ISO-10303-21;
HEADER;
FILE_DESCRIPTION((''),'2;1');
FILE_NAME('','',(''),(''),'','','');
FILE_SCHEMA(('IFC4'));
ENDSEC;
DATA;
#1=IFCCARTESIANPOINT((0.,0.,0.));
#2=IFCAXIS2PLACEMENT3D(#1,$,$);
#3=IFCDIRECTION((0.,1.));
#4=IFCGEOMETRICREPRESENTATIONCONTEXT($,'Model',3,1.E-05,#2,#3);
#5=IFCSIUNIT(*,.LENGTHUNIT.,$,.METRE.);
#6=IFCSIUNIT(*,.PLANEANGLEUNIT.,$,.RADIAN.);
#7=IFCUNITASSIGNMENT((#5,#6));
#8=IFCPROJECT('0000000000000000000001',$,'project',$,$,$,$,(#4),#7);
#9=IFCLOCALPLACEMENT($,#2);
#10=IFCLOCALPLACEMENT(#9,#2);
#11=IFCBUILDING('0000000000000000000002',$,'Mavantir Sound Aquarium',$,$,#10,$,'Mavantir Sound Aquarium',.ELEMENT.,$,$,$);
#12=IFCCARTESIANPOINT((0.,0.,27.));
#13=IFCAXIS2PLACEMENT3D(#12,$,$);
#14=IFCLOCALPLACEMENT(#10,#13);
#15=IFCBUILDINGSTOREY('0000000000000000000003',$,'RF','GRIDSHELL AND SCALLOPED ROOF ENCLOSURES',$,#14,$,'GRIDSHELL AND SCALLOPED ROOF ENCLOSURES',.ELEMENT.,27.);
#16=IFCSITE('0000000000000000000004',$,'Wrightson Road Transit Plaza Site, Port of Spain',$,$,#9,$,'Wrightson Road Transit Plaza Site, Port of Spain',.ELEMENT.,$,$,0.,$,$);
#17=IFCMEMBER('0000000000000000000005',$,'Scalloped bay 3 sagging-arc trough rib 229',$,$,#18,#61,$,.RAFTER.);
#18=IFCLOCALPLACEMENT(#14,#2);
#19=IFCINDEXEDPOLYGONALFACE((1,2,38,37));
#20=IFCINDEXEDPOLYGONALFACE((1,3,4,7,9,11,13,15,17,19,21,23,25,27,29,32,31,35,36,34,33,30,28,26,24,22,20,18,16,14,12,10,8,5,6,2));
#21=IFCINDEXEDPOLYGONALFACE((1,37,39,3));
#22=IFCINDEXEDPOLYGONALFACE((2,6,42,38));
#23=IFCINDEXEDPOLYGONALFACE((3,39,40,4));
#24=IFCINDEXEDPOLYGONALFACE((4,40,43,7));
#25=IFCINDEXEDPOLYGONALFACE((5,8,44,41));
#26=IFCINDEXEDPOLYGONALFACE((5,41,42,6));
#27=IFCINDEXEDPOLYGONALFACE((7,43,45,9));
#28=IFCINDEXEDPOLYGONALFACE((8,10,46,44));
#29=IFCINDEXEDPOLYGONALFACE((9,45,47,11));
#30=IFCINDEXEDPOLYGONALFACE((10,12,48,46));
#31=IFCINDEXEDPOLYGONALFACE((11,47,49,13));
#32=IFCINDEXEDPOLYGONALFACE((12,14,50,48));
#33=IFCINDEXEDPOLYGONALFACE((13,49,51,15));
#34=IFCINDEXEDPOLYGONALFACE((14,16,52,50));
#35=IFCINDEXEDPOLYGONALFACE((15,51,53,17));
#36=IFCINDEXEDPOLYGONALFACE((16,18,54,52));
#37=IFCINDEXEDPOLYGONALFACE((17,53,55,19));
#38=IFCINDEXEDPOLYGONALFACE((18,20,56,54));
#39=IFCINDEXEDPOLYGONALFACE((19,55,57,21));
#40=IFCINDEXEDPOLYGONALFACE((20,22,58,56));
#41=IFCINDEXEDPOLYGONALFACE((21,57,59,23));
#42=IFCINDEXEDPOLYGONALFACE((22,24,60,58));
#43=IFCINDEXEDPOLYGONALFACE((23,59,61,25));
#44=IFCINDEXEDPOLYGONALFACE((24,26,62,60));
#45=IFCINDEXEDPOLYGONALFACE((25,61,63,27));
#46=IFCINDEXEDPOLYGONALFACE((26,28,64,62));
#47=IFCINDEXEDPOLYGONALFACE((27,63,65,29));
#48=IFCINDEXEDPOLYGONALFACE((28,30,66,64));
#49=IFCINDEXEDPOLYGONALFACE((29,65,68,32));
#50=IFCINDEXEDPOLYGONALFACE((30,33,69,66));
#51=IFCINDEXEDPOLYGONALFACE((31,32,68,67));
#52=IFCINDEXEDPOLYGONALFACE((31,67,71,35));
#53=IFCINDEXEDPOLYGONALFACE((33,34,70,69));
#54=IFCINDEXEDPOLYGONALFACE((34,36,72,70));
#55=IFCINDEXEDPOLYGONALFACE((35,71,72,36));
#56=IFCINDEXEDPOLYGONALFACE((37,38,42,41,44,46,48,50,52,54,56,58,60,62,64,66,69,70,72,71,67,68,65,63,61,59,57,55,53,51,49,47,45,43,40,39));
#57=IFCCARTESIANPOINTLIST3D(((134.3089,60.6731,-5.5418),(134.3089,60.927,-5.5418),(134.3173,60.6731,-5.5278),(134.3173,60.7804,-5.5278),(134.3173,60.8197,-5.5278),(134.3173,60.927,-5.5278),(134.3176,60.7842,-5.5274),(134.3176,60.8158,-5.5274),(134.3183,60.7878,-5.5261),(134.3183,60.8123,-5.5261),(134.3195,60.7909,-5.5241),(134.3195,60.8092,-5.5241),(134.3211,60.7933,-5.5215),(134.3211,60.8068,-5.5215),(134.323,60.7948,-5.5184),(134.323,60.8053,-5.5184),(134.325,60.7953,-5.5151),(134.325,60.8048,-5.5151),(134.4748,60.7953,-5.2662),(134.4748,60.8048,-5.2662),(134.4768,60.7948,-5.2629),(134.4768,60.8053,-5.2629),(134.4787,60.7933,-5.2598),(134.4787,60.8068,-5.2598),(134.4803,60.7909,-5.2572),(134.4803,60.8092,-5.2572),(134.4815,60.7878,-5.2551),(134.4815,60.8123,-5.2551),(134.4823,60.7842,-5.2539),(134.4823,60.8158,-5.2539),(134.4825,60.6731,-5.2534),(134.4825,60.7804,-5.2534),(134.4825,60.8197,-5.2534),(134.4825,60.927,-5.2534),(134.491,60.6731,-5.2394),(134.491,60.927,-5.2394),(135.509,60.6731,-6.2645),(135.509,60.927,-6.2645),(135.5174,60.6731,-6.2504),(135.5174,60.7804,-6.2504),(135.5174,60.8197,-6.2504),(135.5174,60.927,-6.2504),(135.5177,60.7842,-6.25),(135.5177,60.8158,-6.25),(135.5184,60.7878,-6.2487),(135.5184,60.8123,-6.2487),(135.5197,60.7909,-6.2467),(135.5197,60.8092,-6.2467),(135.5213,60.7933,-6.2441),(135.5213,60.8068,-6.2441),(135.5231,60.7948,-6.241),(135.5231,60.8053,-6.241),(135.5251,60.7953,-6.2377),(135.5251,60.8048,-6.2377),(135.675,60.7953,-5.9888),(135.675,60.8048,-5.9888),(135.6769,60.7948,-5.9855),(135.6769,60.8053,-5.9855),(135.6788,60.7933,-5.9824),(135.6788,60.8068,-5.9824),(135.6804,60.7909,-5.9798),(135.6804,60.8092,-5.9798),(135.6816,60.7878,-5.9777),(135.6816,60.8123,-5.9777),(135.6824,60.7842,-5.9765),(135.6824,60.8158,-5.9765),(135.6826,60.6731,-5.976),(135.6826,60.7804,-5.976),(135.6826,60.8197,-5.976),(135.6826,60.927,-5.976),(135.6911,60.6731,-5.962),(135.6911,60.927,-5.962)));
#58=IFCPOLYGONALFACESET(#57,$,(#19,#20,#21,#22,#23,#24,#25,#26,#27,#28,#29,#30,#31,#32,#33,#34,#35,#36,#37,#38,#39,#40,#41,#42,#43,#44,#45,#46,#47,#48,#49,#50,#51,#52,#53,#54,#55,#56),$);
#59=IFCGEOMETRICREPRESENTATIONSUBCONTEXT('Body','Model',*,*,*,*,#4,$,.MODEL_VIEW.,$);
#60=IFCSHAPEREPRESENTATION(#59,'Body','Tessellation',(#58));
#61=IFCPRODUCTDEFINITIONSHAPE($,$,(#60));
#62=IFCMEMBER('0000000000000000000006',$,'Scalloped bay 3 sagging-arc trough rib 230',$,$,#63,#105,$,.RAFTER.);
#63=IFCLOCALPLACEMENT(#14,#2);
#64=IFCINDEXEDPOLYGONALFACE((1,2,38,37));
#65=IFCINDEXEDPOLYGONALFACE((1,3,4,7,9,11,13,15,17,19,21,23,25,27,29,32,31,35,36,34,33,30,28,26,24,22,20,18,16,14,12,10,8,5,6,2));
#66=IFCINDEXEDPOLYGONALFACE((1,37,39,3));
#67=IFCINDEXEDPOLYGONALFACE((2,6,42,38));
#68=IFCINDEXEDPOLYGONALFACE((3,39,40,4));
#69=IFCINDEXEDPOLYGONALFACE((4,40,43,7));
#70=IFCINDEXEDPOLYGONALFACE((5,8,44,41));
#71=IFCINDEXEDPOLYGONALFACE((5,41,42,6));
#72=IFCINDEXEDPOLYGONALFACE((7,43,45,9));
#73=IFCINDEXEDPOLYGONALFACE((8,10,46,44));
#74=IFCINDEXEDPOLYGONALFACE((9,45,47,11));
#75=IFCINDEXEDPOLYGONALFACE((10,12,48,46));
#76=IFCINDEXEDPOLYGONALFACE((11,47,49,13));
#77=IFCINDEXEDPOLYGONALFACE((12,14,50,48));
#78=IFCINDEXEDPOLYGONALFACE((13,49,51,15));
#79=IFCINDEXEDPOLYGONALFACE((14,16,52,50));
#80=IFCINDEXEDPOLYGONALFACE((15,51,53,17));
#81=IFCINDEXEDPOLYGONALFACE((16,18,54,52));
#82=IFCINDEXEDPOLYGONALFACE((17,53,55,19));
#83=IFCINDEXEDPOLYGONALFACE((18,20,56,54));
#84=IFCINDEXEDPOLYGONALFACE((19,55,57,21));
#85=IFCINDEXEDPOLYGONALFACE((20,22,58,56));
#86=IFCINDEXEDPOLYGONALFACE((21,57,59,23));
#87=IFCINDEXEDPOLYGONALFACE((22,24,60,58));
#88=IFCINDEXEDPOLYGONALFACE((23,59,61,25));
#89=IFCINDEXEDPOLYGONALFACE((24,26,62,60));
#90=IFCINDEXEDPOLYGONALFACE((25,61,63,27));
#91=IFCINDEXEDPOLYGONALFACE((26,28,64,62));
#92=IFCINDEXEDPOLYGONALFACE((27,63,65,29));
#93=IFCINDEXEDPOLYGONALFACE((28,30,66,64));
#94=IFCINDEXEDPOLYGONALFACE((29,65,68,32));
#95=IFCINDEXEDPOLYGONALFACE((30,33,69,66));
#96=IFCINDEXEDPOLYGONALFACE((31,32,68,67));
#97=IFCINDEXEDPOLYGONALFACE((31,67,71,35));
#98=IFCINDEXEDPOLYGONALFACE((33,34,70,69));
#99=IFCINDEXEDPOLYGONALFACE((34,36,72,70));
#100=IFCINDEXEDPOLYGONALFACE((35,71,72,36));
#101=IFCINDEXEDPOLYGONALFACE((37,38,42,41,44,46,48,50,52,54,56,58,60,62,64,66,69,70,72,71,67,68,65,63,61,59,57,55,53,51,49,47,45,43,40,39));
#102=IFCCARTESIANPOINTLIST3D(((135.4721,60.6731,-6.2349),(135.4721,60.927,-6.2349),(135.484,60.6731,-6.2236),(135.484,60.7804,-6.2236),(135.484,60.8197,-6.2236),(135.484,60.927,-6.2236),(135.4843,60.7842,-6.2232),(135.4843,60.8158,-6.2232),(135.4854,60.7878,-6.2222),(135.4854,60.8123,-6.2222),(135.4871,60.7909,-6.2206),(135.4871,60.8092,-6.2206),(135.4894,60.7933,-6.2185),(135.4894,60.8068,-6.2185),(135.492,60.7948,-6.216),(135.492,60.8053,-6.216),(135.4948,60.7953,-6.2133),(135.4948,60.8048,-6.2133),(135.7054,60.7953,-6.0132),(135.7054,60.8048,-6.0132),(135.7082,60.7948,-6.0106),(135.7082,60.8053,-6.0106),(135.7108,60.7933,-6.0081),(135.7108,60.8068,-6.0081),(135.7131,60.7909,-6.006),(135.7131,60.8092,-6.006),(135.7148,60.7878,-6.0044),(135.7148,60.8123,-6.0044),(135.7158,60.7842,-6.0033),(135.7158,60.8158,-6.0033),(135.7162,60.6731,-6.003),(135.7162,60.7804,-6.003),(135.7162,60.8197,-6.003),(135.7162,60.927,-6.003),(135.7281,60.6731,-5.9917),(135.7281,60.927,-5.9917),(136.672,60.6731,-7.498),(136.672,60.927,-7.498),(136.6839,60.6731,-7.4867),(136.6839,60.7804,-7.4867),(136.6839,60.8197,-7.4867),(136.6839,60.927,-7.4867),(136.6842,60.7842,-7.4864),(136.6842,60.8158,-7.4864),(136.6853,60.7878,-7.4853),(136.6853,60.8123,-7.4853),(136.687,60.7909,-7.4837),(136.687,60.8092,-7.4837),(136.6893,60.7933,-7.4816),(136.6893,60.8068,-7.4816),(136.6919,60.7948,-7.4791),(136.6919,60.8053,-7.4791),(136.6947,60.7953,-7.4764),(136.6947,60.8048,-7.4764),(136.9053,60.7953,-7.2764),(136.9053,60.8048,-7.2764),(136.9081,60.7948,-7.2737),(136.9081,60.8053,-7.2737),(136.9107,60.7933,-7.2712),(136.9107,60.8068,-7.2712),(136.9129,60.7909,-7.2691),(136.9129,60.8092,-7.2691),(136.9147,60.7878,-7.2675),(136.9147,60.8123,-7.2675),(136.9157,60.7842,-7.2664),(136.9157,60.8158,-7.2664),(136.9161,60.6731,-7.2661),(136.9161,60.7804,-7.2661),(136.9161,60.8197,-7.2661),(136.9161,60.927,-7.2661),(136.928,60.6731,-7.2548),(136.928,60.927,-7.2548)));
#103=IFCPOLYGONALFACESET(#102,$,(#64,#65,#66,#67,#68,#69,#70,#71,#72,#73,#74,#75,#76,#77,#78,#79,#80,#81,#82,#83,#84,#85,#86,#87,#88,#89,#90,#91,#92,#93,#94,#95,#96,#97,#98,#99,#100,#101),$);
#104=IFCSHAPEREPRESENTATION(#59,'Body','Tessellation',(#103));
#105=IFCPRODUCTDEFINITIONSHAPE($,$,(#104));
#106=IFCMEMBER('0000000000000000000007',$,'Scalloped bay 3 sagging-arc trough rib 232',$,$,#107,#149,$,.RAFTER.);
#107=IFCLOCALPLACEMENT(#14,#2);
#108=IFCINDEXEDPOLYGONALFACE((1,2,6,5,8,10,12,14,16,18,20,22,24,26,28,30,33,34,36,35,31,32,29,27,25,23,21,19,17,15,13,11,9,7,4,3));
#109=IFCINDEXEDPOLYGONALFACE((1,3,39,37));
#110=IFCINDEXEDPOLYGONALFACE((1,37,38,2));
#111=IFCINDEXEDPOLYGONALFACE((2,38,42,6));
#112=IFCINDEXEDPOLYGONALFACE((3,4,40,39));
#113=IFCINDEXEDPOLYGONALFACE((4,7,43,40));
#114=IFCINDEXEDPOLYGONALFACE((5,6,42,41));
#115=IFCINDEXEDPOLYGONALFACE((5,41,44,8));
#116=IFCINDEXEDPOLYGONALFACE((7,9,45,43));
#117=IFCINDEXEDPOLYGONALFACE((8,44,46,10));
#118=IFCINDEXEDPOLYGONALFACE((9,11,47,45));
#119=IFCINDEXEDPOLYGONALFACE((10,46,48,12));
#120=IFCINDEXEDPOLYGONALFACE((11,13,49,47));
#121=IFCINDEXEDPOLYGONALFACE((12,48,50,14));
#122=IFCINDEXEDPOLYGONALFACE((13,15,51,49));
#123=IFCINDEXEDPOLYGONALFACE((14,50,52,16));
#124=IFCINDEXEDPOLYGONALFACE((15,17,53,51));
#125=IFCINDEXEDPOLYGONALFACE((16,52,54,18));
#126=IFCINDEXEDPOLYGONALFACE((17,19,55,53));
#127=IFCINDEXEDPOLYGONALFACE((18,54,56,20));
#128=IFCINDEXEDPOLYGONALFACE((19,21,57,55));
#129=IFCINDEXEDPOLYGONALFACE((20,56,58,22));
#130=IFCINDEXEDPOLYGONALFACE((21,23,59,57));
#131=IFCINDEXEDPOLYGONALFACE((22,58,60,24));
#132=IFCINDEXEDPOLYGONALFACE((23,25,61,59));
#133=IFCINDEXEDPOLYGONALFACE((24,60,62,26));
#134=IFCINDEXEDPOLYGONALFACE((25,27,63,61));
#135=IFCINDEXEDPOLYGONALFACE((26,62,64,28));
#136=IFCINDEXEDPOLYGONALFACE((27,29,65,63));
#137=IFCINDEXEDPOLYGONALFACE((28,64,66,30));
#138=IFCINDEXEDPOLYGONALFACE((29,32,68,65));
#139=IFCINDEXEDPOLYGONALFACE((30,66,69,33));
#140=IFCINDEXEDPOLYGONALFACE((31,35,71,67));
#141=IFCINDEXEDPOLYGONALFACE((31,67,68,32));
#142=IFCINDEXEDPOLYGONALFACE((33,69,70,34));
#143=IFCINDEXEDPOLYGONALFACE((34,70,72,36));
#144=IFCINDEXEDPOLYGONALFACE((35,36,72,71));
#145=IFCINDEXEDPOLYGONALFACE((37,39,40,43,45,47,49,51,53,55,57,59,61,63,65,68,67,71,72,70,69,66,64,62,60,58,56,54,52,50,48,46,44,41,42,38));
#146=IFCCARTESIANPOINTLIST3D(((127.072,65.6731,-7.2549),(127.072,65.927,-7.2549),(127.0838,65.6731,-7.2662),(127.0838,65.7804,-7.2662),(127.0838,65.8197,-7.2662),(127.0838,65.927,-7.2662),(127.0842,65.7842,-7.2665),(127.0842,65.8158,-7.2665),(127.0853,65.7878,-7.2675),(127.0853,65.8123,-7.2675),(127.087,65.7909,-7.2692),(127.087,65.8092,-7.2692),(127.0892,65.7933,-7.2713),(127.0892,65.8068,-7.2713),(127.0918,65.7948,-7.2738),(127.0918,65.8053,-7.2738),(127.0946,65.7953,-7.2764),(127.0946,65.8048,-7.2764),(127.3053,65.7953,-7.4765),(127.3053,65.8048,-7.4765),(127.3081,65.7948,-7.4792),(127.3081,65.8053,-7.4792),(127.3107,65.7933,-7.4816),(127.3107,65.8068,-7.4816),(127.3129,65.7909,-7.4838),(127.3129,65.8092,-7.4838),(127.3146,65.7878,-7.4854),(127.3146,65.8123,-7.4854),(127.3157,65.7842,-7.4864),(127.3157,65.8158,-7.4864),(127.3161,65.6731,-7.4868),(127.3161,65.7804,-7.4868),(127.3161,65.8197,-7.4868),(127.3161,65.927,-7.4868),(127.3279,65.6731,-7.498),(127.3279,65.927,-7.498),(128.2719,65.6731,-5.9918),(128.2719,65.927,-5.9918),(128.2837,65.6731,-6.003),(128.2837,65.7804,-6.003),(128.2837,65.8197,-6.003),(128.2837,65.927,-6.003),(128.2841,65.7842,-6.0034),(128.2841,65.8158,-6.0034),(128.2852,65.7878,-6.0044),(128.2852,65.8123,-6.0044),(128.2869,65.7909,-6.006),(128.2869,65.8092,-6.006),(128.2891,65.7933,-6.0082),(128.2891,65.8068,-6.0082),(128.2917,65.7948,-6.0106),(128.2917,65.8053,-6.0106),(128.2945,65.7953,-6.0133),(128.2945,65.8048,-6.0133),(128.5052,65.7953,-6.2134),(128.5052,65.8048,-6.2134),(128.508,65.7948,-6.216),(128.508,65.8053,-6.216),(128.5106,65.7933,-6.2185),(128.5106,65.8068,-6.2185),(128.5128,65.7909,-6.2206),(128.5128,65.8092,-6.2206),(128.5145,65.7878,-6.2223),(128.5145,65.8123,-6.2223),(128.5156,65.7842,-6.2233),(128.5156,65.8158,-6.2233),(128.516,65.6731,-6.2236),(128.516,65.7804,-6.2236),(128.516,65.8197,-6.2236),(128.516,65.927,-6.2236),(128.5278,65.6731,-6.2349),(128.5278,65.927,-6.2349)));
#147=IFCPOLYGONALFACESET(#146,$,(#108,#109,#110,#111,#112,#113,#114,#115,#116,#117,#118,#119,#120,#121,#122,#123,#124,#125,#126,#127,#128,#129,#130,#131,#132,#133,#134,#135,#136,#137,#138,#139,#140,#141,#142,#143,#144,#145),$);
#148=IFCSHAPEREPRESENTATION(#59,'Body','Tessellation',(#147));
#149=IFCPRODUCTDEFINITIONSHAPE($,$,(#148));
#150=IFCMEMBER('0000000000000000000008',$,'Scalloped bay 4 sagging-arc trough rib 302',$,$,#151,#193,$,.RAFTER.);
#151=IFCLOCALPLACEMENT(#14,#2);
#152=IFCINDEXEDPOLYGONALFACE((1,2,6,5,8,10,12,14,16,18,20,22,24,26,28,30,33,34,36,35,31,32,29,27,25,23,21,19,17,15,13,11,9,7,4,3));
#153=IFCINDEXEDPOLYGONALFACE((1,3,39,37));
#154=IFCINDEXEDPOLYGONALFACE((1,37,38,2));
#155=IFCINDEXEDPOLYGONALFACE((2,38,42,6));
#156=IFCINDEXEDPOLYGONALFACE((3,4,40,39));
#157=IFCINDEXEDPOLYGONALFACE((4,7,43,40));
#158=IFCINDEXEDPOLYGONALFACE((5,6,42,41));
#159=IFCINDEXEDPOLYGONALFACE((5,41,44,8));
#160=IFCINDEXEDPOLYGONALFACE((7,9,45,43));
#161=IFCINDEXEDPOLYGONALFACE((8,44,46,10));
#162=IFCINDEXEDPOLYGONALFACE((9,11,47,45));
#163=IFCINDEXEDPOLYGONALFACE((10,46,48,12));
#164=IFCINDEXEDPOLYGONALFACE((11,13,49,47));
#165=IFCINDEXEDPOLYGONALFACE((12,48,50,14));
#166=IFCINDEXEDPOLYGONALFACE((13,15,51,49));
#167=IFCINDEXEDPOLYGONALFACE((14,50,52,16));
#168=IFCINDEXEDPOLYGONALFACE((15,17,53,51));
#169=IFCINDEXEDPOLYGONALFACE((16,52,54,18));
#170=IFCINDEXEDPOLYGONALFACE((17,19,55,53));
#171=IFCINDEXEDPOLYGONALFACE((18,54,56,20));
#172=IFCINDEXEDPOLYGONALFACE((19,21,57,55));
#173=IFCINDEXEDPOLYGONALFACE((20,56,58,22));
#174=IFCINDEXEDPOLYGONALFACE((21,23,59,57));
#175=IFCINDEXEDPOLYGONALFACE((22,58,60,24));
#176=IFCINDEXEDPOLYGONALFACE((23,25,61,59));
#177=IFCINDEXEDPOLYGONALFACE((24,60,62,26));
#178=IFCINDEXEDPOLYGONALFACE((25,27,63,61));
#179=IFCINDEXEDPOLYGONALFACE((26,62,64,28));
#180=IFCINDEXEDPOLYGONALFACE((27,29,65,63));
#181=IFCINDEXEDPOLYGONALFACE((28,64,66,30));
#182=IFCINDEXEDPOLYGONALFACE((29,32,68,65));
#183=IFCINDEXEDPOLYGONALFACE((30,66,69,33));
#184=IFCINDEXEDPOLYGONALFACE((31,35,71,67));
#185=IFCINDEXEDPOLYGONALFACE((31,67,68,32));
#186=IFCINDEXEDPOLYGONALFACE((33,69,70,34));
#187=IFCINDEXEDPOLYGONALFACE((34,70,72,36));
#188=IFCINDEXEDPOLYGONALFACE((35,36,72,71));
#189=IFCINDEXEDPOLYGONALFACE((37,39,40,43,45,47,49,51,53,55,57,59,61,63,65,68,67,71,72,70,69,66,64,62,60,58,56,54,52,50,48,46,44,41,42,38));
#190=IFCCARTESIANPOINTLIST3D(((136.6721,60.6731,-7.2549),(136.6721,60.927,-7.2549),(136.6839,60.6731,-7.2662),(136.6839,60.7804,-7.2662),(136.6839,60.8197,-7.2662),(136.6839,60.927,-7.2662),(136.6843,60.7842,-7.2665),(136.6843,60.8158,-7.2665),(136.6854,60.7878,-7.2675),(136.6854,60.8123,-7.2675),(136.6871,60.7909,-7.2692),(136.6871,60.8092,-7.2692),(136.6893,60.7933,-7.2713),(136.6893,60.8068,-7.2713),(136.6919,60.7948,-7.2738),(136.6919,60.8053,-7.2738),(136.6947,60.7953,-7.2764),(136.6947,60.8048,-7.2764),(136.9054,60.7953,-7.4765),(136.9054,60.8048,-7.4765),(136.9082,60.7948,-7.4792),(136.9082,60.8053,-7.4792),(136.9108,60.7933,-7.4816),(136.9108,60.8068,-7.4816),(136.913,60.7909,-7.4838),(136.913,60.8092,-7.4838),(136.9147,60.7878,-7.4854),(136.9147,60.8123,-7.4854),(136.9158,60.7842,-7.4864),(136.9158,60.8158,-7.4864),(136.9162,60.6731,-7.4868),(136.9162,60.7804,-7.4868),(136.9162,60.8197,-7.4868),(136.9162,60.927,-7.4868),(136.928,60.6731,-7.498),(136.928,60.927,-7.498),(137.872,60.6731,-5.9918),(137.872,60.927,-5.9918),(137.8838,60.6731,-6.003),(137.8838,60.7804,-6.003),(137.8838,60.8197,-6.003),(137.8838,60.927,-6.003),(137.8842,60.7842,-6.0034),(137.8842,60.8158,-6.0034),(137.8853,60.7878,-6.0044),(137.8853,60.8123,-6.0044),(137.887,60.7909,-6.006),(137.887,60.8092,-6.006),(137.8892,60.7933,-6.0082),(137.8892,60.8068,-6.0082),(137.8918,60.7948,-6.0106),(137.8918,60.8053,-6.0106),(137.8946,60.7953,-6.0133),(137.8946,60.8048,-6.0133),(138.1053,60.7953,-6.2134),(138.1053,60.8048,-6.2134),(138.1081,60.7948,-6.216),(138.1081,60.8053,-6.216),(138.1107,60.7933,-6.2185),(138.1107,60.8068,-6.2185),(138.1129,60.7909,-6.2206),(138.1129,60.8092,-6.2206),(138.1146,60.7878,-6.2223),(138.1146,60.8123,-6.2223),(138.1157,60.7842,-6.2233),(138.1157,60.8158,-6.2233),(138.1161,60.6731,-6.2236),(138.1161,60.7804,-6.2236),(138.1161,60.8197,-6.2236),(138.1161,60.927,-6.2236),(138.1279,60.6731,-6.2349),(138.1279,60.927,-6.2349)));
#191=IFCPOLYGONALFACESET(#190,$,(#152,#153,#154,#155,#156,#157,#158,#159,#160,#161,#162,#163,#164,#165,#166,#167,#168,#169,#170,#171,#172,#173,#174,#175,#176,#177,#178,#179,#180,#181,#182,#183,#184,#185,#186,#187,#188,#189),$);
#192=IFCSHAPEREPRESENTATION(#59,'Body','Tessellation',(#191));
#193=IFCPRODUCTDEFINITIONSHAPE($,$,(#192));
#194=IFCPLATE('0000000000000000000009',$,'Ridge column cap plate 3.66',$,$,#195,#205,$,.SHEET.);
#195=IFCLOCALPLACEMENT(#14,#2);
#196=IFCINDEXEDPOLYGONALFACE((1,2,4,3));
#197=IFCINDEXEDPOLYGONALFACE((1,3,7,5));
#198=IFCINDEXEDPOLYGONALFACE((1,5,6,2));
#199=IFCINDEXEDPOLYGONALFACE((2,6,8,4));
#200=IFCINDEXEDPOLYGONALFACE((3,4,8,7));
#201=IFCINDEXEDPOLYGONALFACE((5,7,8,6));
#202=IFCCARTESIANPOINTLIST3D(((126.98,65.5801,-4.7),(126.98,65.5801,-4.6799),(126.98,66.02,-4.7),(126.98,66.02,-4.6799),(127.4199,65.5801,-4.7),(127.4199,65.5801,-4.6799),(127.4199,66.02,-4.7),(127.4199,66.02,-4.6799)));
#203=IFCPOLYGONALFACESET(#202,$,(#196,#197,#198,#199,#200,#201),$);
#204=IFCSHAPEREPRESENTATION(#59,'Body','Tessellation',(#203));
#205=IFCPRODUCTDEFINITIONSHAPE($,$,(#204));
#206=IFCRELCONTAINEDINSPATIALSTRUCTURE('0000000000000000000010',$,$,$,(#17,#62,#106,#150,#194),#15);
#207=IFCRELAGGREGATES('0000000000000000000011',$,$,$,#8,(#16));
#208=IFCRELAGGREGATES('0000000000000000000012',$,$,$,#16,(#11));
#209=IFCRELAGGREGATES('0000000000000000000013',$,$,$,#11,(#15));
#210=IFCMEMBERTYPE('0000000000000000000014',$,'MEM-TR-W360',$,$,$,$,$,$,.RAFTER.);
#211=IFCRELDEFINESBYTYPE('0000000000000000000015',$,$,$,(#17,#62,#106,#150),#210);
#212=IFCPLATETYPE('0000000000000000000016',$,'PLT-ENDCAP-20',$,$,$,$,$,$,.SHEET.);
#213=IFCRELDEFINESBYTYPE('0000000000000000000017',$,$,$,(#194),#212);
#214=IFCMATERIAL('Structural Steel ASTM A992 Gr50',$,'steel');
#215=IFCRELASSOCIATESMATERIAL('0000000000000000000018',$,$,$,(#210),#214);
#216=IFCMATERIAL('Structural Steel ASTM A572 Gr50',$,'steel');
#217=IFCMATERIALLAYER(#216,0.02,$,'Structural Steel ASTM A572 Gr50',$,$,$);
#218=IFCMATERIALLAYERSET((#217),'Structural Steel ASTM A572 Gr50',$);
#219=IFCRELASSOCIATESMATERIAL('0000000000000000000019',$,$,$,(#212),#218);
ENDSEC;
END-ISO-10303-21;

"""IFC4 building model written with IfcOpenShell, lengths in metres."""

from ifc_helpers import new_model, si_unit, direction, frame, origin, origin_2d, place, context, subcontext, project, spatial, rectangle, i_section, extrude, material, layer, layer_set, material_profile, profile_set, type_object, element, save


model = new_model("IFC4")

# Units and contexts
model_context = context("Model", 3, precision=1e-05, world=origin(), true_north=direction((0.0, 1.0)))
body_context = subcontext(model_context, "Body", "Model", "MODEL_VIEW")
ifc_project = project(units=[si_unit("LENGTHUNIT", "METRE"), si_unit("PLANEANGLEUNIT", "RADIAN")], contexts=[model_context])

# Site, building, storey
site_placement = place(None, origin())
site = spatial("IfcSite", under=ifc_project, at=site_placement, Name="Wrightson Road Transit Plaza Site, Port of Spain", LongName="Wrightson Road Transit Plaza Site, Port of Spain", CompositionType="ELEMENT", RefElevation=0.0)
building_placement = place(site_placement, origin())
building = spatial("IfcBuilding", under=site, at=building_placement, Name="Mavantir Sound Aquarium", LongName="Mavantir Sound Aquarium", CompositionType="ELEMENT")
storey_placement = place(building_placement, frame((0.0, 0.0, 27.0)))
storey = spatial("IfcBuildingStorey", under=building, at=storey_placement, Name="RF", Description="GRIDSHELL AND SCALLOPED ROOF ENCLOSURES", LongName="GRIDSHELL AND SCALLOPED ROOF ENCLOSURES", CompositionType="ELEMENT", Elevation=27.0)

# Shared definitions
ifc_material_1 = material(Name="Structural Steel ASTM A992 Gr50", Category="steel")

# Members
ifc_material_profile_1 = material_profile(ifc_material_1, i_section(OverallWidth=0.2539, OverallDepth=0.353, WebThickness=0.0095, FlangeThickness=0.0164, FilletRadius=0.0149, at=origin_2d()), Name="W360X91")
ifc_profile_set_1 = profile_set([ifc_material_profile_1], Name="Structural Steel ASTM A992 Gr50")
member_type_1 = type_object("IfcMemberType", Name="MEM-TR-W360", PredefinedType="RAFTER", material=ifc_profile_set_1)
member_1_placement = place(storey_placement, frame((134.3999, 60.8, -5.3906), z_axis=(0.856692, 0.0, -0.515828), x_axis=(0.0, 1.0, 0.0)))
element("IfcMember", 1, at=member_1_placement, inside=storey, type_object=member_type_1, Name="Scalloped bay 3 sagging-arc trough rib 229", PredefinedType="RAFTER", context=body_context, shape_type="SweptSolid", body=[
    extrude(i_section(OverallWidth=0.2539, OverallDepth=0.353, WebThickness=0.0095, FlangeThickness=0.0164, FilletRadius=0.0149, at=origin_2d()), origin(), (0.0, 0.0, 1.0), 1.4009),
])
for number, where, z_axis, x_axis, name in (
    (2, (135.6001, 60.8, -6.1133), (0.688727, 0.0, -0.72502), (0.0, 1.0, 0.0), "Scalloped bay 3 sagging-arc trough rib 230"),
    (3, (127.2, 65.8, -7.3765), (0.688727, 0.0, 0.72502), (0.0, 1.0, 0.0), "Scalloped bay 3 sagging-arc trough rib 232"),
    (4, (136.8, 60.8, -7.3765), (0.688727, 0.0, 0.72502), (0.0, 1.0, 0.0), "Scalloped bay 4 sagging-arc trough rib 302"),
):
    element("IfcMember", number, at=place(storey_placement, frame(where, z_axis=z_axis, x_axis=x_axis)), inside=storey, type_object=member_type_1, Name=name, PredefinedType="RAFTER", context=body_context, shape_type="SweptSolid", body=[
        extrude(i_section(OverallWidth=0.2539, OverallDepth=0.353, WebThickness=0.0095, FlangeThickness=0.0164, FilletRadius=0.0149, at=origin_2d()), origin(), (0.0, 0.0, 1.0), 1.7422),
    ])

# Plate
ifc_material_2 = material(Name="Structural Steel ASTM A572 Gr50", Category="steel")
ifc_layer_1 = layer(ifc_material_2, 0.02, Name="Structural Steel ASTM A572 Gr50")
ifc_layer_set_1 = layer_set([ifc_layer_1], Name="Structural Steel ASTM A572 Gr50")
plate_type_1 = type_object("IfcPlateType", Name="PLT-ENDCAP-20", PredefinedType="SHEET", material=ifc_layer_set_1)
for number, where, z_axis, x_axis, name in (
    (5, (127.2, 65.8, -4.7), (0.0, 0.0, 1.0), (1.0, 0.0, 0.0), "Ridge column cap plate 3.66"),
):
    element("IfcPlate", number, at=place(storey_placement, frame(where, z_axis=z_axis, x_axis=x_axis)), inside=storey, type_object=plate_type_1, Name=name, PredefinedType="SHEET", context=body_context, shape_type="SweptSolid", body=[
        extrude(rectangle(XDim=0.4399, YDim=0.4399, at=origin_2d()), origin(), (0.0, 0.0, 1.0), 0.02),
    ])

save(model, "model.ifc")
